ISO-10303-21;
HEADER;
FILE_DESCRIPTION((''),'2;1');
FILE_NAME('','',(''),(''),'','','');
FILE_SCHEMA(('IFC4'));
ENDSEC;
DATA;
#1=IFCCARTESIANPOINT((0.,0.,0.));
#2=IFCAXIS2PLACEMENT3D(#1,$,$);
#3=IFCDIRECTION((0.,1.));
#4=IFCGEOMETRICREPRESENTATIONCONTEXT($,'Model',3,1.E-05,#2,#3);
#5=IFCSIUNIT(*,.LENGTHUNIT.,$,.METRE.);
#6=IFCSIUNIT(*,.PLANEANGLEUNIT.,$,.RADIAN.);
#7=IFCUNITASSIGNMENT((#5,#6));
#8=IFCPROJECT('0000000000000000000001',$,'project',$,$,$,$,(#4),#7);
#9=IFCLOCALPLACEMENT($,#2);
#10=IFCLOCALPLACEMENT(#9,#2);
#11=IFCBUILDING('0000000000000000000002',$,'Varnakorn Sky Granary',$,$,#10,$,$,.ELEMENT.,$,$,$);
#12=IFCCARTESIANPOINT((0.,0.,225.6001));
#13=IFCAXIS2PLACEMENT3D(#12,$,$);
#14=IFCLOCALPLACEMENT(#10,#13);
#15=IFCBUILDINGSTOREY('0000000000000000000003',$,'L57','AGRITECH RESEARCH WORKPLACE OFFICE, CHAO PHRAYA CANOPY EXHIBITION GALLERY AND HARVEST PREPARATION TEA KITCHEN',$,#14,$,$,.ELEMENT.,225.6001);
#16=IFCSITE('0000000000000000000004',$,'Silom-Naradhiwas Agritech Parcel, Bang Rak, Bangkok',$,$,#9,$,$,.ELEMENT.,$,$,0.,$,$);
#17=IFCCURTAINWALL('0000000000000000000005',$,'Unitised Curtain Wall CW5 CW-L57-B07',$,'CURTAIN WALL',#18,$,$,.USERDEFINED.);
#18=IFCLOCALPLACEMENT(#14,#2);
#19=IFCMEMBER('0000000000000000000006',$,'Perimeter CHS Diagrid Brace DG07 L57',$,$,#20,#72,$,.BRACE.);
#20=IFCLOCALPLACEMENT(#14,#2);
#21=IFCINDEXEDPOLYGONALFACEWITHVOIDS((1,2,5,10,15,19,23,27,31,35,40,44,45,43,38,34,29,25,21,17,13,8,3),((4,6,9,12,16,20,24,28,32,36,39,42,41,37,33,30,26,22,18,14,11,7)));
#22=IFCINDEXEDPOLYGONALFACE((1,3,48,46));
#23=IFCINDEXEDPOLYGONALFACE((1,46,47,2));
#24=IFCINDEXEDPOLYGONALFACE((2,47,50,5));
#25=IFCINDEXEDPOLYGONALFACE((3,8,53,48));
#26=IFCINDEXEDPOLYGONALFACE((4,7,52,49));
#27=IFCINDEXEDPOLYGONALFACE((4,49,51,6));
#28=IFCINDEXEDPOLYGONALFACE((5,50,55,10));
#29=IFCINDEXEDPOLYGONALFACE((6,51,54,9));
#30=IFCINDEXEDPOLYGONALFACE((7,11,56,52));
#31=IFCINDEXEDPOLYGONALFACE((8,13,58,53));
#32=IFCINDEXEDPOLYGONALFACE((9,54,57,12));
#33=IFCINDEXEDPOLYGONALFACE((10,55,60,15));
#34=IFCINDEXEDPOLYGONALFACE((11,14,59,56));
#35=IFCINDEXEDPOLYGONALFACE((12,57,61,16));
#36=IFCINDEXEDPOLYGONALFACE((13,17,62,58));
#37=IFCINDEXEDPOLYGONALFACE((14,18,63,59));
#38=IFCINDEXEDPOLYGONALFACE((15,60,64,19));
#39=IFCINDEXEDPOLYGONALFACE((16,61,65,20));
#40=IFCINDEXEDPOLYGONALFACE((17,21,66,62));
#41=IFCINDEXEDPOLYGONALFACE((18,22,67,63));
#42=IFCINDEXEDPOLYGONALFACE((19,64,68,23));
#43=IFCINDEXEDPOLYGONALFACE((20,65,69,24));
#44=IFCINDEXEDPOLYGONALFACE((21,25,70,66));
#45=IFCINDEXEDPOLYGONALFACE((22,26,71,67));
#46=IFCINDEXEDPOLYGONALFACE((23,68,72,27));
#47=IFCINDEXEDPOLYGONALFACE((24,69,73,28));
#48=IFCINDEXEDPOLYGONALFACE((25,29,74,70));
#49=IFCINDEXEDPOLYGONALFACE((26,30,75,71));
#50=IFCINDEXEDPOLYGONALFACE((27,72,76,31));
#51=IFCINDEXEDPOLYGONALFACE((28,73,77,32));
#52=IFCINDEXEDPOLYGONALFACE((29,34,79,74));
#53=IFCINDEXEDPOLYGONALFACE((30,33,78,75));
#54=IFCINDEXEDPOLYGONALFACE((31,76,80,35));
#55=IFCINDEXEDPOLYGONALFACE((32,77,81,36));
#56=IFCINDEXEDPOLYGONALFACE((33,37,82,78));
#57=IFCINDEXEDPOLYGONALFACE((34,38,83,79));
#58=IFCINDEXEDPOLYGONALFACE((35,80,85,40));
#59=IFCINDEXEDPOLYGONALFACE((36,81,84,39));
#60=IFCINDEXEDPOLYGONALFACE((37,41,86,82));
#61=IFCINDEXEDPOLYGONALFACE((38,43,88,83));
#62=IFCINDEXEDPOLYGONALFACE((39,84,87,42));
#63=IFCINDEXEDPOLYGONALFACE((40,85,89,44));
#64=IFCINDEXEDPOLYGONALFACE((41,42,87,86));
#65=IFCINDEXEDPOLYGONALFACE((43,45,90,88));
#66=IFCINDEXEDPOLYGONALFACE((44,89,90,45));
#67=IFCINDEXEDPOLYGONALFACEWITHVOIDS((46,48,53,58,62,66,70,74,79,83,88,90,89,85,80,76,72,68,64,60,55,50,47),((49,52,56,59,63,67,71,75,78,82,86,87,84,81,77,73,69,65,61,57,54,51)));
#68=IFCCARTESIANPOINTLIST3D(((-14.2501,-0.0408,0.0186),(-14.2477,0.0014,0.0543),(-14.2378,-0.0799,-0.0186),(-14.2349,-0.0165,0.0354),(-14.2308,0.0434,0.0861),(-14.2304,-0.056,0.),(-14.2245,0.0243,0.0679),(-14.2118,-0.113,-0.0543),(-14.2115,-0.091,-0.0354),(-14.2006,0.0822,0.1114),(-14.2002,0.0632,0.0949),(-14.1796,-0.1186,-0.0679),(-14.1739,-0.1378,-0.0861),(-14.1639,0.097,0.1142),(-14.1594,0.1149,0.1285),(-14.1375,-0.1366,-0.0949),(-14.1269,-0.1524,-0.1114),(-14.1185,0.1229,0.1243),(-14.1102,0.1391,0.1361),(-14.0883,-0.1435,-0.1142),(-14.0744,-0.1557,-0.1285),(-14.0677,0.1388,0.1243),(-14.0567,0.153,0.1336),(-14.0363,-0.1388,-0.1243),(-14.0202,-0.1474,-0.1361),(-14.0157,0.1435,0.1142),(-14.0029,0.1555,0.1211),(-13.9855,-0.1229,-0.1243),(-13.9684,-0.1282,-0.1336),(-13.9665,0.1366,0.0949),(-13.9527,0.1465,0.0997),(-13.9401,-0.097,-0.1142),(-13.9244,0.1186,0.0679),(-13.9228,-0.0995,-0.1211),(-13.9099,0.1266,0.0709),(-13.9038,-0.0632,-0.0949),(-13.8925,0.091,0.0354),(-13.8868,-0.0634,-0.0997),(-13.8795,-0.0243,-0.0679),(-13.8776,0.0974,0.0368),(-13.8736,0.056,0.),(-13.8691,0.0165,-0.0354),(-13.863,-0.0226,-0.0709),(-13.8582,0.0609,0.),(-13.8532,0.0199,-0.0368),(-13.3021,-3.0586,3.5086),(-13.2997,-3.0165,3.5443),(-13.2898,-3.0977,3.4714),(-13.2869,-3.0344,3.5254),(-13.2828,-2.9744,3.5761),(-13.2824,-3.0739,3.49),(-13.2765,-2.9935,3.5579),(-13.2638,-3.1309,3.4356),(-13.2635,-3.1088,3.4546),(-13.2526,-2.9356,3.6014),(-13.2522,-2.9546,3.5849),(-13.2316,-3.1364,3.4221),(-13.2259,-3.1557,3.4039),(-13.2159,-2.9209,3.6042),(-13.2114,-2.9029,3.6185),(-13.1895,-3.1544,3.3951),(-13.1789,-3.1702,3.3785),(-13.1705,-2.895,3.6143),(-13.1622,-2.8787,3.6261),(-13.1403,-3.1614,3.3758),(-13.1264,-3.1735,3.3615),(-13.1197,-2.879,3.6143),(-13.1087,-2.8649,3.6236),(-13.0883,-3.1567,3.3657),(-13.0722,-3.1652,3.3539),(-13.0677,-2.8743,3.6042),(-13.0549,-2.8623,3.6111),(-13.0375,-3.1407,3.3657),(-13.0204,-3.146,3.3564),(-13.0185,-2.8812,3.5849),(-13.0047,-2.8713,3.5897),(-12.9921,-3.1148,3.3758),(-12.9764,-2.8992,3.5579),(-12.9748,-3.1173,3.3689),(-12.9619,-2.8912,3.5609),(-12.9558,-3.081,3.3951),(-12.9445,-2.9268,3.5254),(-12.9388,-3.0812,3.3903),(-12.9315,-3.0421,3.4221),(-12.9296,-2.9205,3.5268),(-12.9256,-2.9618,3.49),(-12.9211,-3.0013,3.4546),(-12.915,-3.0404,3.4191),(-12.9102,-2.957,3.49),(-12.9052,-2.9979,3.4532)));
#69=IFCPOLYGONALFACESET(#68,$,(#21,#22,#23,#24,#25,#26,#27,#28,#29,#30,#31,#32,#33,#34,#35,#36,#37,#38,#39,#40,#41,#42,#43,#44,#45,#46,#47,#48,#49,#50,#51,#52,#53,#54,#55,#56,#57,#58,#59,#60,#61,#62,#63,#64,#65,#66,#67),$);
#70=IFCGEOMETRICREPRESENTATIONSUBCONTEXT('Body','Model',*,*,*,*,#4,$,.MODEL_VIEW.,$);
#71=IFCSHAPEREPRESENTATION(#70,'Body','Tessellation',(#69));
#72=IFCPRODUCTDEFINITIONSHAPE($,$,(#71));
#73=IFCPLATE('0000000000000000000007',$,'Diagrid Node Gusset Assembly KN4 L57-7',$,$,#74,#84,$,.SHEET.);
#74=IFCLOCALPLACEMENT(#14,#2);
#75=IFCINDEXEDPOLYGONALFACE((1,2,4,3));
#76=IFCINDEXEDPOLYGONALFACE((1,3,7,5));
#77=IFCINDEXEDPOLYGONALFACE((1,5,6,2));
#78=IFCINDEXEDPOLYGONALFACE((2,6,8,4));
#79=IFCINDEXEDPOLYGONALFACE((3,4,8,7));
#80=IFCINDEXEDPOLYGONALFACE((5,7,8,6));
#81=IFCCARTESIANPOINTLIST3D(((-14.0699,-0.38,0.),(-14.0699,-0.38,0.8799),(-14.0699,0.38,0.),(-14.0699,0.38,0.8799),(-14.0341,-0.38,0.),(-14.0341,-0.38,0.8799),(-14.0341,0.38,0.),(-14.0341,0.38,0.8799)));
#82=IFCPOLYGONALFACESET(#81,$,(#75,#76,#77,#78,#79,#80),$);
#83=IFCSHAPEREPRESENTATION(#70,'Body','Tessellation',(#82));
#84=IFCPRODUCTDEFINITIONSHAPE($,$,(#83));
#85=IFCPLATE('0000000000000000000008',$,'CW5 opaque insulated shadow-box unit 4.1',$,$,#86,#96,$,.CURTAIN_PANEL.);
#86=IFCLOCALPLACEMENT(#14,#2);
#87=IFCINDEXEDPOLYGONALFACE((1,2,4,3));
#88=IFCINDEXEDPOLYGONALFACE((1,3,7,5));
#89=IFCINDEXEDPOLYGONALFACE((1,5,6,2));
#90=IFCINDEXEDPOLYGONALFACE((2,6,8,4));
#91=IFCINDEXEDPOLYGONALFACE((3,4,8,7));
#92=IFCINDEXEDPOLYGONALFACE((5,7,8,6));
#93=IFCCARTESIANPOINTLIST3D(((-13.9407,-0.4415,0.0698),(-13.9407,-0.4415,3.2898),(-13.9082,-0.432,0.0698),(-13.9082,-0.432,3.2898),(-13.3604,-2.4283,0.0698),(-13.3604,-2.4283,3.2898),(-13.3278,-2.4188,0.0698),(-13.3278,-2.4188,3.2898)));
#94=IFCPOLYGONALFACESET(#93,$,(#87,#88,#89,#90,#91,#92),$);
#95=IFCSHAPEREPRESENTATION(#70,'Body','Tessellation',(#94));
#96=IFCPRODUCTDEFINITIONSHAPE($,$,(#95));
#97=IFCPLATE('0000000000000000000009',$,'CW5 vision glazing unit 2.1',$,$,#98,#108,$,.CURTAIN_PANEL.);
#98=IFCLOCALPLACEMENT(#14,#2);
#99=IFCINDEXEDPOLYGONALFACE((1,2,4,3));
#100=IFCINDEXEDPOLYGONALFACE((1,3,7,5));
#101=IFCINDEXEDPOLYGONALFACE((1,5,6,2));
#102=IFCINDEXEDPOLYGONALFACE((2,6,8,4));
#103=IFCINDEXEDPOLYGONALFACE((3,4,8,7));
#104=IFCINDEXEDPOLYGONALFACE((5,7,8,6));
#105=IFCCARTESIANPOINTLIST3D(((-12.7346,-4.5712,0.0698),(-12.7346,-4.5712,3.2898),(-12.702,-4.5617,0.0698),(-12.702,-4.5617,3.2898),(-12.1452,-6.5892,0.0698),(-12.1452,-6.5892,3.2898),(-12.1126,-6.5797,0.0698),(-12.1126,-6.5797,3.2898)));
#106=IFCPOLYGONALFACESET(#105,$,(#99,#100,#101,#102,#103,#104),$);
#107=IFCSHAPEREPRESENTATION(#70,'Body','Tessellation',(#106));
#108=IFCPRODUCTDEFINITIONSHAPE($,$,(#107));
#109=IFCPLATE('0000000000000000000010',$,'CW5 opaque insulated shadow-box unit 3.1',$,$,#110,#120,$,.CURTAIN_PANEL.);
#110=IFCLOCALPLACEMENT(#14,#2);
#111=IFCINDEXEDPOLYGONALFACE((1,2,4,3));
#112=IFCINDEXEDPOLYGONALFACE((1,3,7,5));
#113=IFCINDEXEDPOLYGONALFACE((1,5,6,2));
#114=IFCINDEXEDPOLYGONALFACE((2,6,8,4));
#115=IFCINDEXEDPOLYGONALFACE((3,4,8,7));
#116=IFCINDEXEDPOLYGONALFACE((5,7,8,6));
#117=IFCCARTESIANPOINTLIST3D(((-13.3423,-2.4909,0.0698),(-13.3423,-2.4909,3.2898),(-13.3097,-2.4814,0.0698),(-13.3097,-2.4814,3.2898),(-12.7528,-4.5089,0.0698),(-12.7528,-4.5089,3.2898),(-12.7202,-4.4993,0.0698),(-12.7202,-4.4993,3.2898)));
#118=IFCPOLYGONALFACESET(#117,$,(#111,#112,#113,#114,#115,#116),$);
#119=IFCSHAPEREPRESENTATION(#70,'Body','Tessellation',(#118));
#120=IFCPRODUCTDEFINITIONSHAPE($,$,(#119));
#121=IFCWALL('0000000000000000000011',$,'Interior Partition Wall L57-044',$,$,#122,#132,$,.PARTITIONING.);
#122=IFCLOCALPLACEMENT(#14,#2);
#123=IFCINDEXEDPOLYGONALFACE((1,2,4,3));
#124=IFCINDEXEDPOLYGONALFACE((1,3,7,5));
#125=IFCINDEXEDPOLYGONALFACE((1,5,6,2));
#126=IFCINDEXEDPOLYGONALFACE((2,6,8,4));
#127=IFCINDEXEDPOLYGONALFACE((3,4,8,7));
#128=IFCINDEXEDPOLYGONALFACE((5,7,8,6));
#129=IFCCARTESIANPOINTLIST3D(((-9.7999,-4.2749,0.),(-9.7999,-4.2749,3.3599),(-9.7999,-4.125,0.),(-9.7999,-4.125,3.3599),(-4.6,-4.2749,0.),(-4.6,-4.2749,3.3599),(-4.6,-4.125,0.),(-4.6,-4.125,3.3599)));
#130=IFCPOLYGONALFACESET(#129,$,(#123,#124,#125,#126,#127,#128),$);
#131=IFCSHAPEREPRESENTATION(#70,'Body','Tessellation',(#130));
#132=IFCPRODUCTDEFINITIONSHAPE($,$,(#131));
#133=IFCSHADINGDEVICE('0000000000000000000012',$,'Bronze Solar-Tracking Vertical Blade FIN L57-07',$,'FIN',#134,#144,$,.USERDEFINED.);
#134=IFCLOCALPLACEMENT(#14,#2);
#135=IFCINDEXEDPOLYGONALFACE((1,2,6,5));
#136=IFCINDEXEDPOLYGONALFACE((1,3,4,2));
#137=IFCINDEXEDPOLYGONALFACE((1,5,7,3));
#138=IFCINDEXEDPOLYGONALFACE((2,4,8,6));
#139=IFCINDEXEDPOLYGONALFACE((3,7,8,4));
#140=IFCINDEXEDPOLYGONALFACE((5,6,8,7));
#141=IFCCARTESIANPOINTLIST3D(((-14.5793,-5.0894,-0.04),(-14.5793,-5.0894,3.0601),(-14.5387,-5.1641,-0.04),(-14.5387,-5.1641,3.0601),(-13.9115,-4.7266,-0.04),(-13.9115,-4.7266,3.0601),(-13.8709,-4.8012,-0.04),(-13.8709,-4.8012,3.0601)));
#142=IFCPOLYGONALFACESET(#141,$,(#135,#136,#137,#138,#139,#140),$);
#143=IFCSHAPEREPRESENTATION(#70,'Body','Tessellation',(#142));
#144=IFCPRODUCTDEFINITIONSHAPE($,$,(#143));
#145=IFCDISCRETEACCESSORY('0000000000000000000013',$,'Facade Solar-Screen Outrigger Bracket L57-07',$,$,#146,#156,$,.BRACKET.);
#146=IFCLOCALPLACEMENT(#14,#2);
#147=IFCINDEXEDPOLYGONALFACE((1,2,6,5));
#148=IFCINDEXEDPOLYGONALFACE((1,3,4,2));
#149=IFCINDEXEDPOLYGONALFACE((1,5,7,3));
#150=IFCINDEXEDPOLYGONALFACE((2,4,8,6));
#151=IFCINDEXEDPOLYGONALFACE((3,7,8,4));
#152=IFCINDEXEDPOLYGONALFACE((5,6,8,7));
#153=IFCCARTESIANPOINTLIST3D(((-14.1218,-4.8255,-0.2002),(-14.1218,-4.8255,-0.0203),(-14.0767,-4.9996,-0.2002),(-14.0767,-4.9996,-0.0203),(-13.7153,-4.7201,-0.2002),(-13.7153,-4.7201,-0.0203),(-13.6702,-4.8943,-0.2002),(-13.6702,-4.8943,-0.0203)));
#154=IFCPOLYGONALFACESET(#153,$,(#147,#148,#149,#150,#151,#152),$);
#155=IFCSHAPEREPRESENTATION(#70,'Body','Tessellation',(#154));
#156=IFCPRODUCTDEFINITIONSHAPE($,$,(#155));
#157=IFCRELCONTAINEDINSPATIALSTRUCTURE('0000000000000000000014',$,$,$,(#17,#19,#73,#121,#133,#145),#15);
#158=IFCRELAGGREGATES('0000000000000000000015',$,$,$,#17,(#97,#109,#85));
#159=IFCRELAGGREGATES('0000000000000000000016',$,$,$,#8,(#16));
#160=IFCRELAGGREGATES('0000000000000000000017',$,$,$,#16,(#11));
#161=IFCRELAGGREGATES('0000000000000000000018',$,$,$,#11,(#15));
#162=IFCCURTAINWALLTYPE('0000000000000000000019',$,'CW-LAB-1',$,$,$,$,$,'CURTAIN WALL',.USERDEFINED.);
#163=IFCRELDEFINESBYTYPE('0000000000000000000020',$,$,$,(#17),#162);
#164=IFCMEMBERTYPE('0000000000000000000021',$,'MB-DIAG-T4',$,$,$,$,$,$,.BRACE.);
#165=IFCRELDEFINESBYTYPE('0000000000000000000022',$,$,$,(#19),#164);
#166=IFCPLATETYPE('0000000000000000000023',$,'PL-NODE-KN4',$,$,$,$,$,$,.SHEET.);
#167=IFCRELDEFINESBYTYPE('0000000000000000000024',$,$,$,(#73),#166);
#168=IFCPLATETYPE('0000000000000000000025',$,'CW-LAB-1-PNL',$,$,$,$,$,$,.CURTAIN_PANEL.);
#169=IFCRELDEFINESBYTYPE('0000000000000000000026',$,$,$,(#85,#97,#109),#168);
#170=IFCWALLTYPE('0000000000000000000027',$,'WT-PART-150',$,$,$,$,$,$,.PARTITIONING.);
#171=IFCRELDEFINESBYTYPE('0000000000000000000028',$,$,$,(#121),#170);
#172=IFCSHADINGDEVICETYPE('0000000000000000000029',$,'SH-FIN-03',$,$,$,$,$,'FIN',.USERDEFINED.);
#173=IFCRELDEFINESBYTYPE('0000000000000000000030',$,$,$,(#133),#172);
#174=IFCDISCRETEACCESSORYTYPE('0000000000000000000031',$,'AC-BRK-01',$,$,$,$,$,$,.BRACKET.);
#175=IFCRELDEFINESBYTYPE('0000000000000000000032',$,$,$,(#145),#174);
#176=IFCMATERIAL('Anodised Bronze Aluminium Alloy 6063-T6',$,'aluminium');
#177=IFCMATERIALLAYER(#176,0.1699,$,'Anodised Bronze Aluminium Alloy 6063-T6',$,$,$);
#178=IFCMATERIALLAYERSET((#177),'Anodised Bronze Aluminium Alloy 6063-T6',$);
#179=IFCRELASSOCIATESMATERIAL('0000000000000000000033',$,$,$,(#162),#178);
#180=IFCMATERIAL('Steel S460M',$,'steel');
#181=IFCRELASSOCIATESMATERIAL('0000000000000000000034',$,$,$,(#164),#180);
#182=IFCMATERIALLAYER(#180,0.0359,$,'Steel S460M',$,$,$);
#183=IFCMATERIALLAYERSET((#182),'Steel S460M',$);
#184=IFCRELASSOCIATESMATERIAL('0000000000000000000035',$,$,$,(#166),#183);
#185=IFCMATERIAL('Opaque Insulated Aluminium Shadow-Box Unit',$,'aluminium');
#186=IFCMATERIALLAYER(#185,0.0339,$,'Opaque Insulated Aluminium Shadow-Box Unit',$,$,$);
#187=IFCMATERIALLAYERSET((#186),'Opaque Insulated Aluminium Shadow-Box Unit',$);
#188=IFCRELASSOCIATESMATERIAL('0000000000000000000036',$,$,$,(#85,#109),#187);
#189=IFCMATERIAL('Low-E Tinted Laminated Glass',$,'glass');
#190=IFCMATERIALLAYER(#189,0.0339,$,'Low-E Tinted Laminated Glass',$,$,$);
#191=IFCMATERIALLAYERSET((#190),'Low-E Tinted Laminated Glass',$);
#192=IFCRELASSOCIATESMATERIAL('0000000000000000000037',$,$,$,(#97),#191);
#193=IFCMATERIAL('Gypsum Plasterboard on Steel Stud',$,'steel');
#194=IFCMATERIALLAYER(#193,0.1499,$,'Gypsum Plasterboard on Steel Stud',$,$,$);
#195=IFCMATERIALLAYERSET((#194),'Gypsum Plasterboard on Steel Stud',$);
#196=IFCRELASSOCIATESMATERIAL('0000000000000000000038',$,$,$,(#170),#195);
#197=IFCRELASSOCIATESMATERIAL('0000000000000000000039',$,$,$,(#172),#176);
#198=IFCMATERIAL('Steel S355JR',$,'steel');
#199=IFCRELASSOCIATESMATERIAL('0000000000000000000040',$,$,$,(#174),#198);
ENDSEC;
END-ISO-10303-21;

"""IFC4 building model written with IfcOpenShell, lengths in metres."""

from ifc_helpers import new_model, si_unit, direction, frame, frame_2d, origin, origin_2d, place, context, subcontext, project, spatial, rectangle, hollow_circle, extrude, source, transform, mapped, material, layer, layer_set, material_profile, profile_set, type_object, type_shapes, element, aggregate, save


model = new_model("IFC4")

# Units and contexts
model_context = context("Model", 3, precision=1e-05, world=origin(), true_north=direction((0.0, 1.0)))
body_context = subcontext(model_context, "Body", "Model", "MODEL_VIEW")
ifc_project = project(units=[si_unit("LENGTHUNIT", "METRE"), si_unit("PLANEANGLEUNIT", "RADIAN")], contexts=[model_context])

# Site, building, storey
site_placement = place(None, origin())
site = spatial("IfcSite", under=ifc_project, at=site_placement, Name="Silom-Naradhiwas Agritech Parcel, Bang Rak, Bangkok", CompositionType="ELEMENT", RefElevation=0.0)
building_placement = place(site_placement, origin())
building = spatial("IfcBuilding", under=site, at=building_placement, Name="Varnakorn Sky Granary", CompositionType="ELEMENT")
storey_placement = place(building_placement, frame((0.0, 0.0, 225.6001)))
storey = spatial("IfcBuildingStorey", under=building, at=storey_placement, Name="L57", Description="AGRITECH RESEARCH WORKPLACE OFFICE, CHAO PHRAYA CANOPY EXHIBITION GALLERY AND HARVEST PREPARATION TEA KITCHEN", CompositionType="ELEMENT", Elevation=225.6001)

# Shared definitions
ifc_material_1 = material(Name="Steel S460M", Category="steel")

# Shared definitions
ifc_material_2 = material(Name="Steel S355JR", Category="steel")

# Curtain wall
ifc_material_3 = material(Name="Anodised Bronze Aluminium Alloy 6063-T6", Category="aluminium")
ifc_layer_1 = layer(ifc_material_3, 0.1699, Name="Anodised Bronze Aluminium Alloy 6063-T6")
ifc_layer_set_1 = layer_set([ifc_layer_1], Name="Anodised Bronze Aluminium Alloy 6063-T6")
curtain_wall_type = type_object("IfcCurtainWallType", Name="CW-LAB-1", ElementType="CURTAIN WALL", PredefinedType="USERDEFINED", material=ifc_layer_set_1)
curtain_wall_placement = place(storey_placement, origin())
curtain_wall = element("IfcCurtainWall", 1, at=curtain_wall_placement, inside=storey, type_object=curtain_wall_type, Name="Unitised Curtain Wall CW5 CW-L57-B07", ObjectType="CURTAIN WALL", PredefinedType="USERDEFINED")

# Member
ifc_material_profile_1 = material_profile(ifc_material_1, hollow_circle(Radius=0.2031, WallThickness=0.0161, at=origin_2d()), Name="CHS 406.4x16")
ifc_profile_set_1 = profile_set([ifc_material_profile_1], Name="Steel S460M")
member_type_1 = type_object("IfcMemberType", Name="MB-DIAG-T4", PredefinedType="BRACE", material=ifc_profile_set_1)
for number, where, z_axis, x_axis, name in (
    (2, (-14.052, 0.0, 0.0), (0.201265, -0.640699, 0.740943), (0.954035, 0.299694, 0.0), "Perimeter CHS Diagrid Brace DG07 L57"),
):
    element("IfcMember", number, at=place(storey_placement, frame(where, z_axis=z_axis, x_axis=x_axis)), inside=storey, type_object=member_type_1, Name=name, PredefinedType="BRACE", context=body_context, shape_type="SweptSolid", body=[
        extrude(hollow_circle(Radius=0.2031, WallThickness=0.0161, at=origin_2d()), origin(), (0.0, 0.0, 1.0), 4.7102),
    ])

# Plates
ifc_layer_2 = layer(ifc_material_1, 0.0359, Name="Steel S460M")
ifc_layer_set_2 = layer_set([ifc_layer_2], Name="Steel S460M")
plate_type_1 = type_object("IfcPlateType", Name="PL-NODE-KN4", PredefinedType="SHEET", material=ifc_layer_set_2)
plate_1_placement = place(storey_placement, frame((-14.052, 0.0, 0.0), z_axis=(0.0, 0.0, 1.0), x_axis=(0.0, -1.0, 0.0)))
element("IfcPlate", 3, at=plate_1_placement, inside=storey, type_object=plate_type_1, Name="Diagrid Node Gusset Assembly KN4 L57-7", PredefinedType="SHEET", context=body_context, shape_type="SweptSolid", body=[
    extrude(rectangle(XDim=0.76, YDim=0.0359, at=origin_2d()), origin(), (0.0, 0.0, 1.0), 0.8799),
])
ifc_material_4 = material(Name="Opaque Insulated Aluminium Shadow-Box Unit", Category="aluminium")
ifc_layer_3 = layer(ifc_material_4, 0.0339, Name="Opaque Insulated Aluminium Shadow-Box Unit")
ifc_layer_set_3 = layer_set([ifc_layer_3], Name="Opaque Insulated Aluminium Shadow-Box Unit")
plate_type_2 = type_object("IfcPlateType", Name="CW-LAB-1-PNL", PredefinedType="CURTAIN_PANEL")
shared_shape_1 = source(origin(), body_context, "Body", "SweptSolid", [
    extrude(rectangle(XDim=2.0698, YDim=0.0339, at=origin_2d()), origin(), (0.0, 0.0, 1.0), 3.22),
])
plate_2_placement = place(storey_placement, frame((-13.6343, -1.4302, 0.0698), z_axis=(0.0, 0.0, 1.0), x_axis=(-0.280376, 0.95989, 0.0)))
plate_2 = element("IfcPlate", 4, at=plate_2_placement, type_object=plate_type_2, material=ifc_layer_set_3, Name="CW5 opaque insulated shadow-box unit 4.1", PredefinedType="CURTAIN_PANEL", context=body_context, shape_type="MappedRepresentation", body=[
    mapped(shared_shape_1, transform((0.0, 0.0, 0.0), x_axis=(1.0, 0.0, 0.0), y_axis=(0.0, 1.0, 0.0), z_axis=(0.0, 0.0, 1.0), scale=1.0)),
])
ifc_material_5 = material(Name="Low-E Tinted Laminated Glass", Category="glass")
ifc_layer_4 = layer(ifc_material_5, 0.0339, Name="Low-E Tinted Laminated Glass")
ifc_layer_set_4 = layer_set([ifc_layer_4], Name="Low-E Tinted Laminated Glass")
shared_shape_2 = source(origin(), body_context, "Body", "SweptSolid", [
    extrude(rectangle(XDim=2.1023, YDim=0.0339, at=origin_2d()), origin(), (0.0, 0.0, 1.0), 3.22),
])
type_shapes(plate_type_2, [shared_shape_1, shared_shape_2])
plate_3_placement = place(storey_placement, frame((-12.4236, -5.5754, 0.0698), z_axis=(0.0, 0.0, 1.0), x_axis=(-0.280376, 0.95989, 0.0)))
plate_3 = element("IfcPlate", 5, at=plate_3_placement, type_object=plate_type_2, material=ifc_layer_set_4, Name="CW5 vision glazing unit 2.1", PredefinedType="CURTAIN_PANEL", context=body_context, shape_type="MappedRepresentation", body=[
    mapped(shared_shape_2, transform((0.0, 0.0, 0.0), x_axis=(1.0, 0.0, 0.0), y_axis=(0.0, 1.0, 0.0), z_axis=(0.0, 0.0, 1.0), scale=1.0)),
])
plate_4_placement = place(storey_placement, frame((-13.0312, -3.4951, 0.0698), z_axis=(0.0, 0.0, 1.0), x_axis=(-0.280376, 0.95989, 0.0)))
plate_4 = element("IfcPlate", 6, at=plate_4_placement, type_object=plate_type_2, material=ifc_layer_set_3, Name="CW5 opaque insulated shadow-box unit 3.1", PredefinedType="CURTAIN_PANEL", context=body_context, shape_type="MappedRepresentation", body=[
    mapped(shared_shape_2, transform((0.0, 0.0, 0.0), x_axis=(1.0, 0.0, 0.0), y_axis=(0.0, 1.0, 0.0), z_axis=(0.0, 0.0, 1.0), scale=1.0)),
])
aggregate(curtain_wall, [plate_3, plate_4, plate_2])

# Wall
ifc_material_6 = material(Name="Gypsum Plasterboard on Steel Stud", Category="steel")
ifc_layer_5 = layer(ifc_material_6, 0.1499, Name="Gypsum Plasterboard on Steel Stud")
ifc_layer_set_5 = layer_set([ifc_layer_5], Name="Gypsum Plasterboard on Steel Stud")
wall_type = type_object("IfcWallType", Name="WT-PART-150", PredefinedType="PARTITIONING", material=ifc_layer_set_5)
wall_placement = place(storey_placement, frame((-9.8, -4.2, 0.0), z_axis=(0.0, 0.0, 1.0), x_axis=(1.0, 0.0, 0.0)))
element("IfcWall", 7, at=wall_placement, inside=storey, type_object=wall_type, Name="Interior Partition Wall L57-044", PredefinedType="PARTITIONING", context=body_context, shape_type="SweptSolid", body=[
    extrude(rectangle(XDim=5.2, YDim=0.1499, at=frame_2d((2.6001, 0.0))), origin(), (0.0, 0.0, 1.0), 3.3599),
])

# Shading device
shading_device_type = type_object("IfcShadingDeviceType", Name="SH-FIN-03", ElementType="FIN", PredefinedType="USERDEFINED", material=ifc_material_3)
shared_shape_3 = source(origin(), body_context, "Body", "SweptSolid", [
    extrude(rectangle(XDim=0.085, YDim=0.76, at=origin_2d()), origin(), (0.0, 0.0, 1.0), 3.1001),
])
type_shapes(shading_device_type, [shared_shape_3])
shading_device_placement = place(storey_placement, frame((-14.2251, -4.9453, -0.04), z_axis=(0.0, 0.0, 1.0), x_axis=(0.477446, -0.878661, 0.0)))
element("IfcShadingDevice", 8, at=shading_device_placement, inside=storey, type_object=shading_device_type, Name="Bronze Solar-Tracking Vertical Blade FIN L57-07", ObjectType="FIN", PredefinedType="USERDEFINED", context=body_context, shape_type="MappedRepresentation", body=[
    mapped(shared_shape_3, transform((0.0, 0.0, 0.0), x_axis=(1.0, 0.0, 0.0), y_axis=(0.0, 1.0, 0.0), z_axis=(0.0, 0.0, 1.0), scale=1.0)),
])

# Discrete accessory
discrete_accessory_type = type_object("IfcDiscreteAccessoryType", Name="AC-BRK-01", PredefinedType="BRACKET", material=ifc_material_2)
shared_shape_4 = source(origin(), body_context, "Body", "SweptSolid", [
    extrude(rectangle(XDim=0.1799, YDim=0.4199, at=origin_2d()), origin(), (0.0, 0.0, 1.0), 0.1799),
])
type_shapes(discrete_accessory_type, [shared_shape_4])
discrete_accessory_placement = place(storey_placement, frame((-13.896, -4.8599, -0.2002), z_axis=(0.0, 0.0, 1.0), x_axis=(0.250955, -0.967999, 0.0)))
element("IfcDiscreteAccessory", 9, at=discrete_accessory_placement, inside=storey, type_object=discrete_accessory_type, Name="Facade Solar-Screen Outrigger Bracket L57-07", PredefinedType="BRACKET", context=body_context, shape_type="MappedRepresentation", body=[
    mapped(shared_shape_4, transform((0.0, 0.0, 0.0), x_axis=(1.0, 0.0, 0.0), y_axis=(0.0, 1.0, 0.0), z_axis=(0.0, 0.0, 1.0), scale=1.0)),
])

save(model, "model.ifc")
